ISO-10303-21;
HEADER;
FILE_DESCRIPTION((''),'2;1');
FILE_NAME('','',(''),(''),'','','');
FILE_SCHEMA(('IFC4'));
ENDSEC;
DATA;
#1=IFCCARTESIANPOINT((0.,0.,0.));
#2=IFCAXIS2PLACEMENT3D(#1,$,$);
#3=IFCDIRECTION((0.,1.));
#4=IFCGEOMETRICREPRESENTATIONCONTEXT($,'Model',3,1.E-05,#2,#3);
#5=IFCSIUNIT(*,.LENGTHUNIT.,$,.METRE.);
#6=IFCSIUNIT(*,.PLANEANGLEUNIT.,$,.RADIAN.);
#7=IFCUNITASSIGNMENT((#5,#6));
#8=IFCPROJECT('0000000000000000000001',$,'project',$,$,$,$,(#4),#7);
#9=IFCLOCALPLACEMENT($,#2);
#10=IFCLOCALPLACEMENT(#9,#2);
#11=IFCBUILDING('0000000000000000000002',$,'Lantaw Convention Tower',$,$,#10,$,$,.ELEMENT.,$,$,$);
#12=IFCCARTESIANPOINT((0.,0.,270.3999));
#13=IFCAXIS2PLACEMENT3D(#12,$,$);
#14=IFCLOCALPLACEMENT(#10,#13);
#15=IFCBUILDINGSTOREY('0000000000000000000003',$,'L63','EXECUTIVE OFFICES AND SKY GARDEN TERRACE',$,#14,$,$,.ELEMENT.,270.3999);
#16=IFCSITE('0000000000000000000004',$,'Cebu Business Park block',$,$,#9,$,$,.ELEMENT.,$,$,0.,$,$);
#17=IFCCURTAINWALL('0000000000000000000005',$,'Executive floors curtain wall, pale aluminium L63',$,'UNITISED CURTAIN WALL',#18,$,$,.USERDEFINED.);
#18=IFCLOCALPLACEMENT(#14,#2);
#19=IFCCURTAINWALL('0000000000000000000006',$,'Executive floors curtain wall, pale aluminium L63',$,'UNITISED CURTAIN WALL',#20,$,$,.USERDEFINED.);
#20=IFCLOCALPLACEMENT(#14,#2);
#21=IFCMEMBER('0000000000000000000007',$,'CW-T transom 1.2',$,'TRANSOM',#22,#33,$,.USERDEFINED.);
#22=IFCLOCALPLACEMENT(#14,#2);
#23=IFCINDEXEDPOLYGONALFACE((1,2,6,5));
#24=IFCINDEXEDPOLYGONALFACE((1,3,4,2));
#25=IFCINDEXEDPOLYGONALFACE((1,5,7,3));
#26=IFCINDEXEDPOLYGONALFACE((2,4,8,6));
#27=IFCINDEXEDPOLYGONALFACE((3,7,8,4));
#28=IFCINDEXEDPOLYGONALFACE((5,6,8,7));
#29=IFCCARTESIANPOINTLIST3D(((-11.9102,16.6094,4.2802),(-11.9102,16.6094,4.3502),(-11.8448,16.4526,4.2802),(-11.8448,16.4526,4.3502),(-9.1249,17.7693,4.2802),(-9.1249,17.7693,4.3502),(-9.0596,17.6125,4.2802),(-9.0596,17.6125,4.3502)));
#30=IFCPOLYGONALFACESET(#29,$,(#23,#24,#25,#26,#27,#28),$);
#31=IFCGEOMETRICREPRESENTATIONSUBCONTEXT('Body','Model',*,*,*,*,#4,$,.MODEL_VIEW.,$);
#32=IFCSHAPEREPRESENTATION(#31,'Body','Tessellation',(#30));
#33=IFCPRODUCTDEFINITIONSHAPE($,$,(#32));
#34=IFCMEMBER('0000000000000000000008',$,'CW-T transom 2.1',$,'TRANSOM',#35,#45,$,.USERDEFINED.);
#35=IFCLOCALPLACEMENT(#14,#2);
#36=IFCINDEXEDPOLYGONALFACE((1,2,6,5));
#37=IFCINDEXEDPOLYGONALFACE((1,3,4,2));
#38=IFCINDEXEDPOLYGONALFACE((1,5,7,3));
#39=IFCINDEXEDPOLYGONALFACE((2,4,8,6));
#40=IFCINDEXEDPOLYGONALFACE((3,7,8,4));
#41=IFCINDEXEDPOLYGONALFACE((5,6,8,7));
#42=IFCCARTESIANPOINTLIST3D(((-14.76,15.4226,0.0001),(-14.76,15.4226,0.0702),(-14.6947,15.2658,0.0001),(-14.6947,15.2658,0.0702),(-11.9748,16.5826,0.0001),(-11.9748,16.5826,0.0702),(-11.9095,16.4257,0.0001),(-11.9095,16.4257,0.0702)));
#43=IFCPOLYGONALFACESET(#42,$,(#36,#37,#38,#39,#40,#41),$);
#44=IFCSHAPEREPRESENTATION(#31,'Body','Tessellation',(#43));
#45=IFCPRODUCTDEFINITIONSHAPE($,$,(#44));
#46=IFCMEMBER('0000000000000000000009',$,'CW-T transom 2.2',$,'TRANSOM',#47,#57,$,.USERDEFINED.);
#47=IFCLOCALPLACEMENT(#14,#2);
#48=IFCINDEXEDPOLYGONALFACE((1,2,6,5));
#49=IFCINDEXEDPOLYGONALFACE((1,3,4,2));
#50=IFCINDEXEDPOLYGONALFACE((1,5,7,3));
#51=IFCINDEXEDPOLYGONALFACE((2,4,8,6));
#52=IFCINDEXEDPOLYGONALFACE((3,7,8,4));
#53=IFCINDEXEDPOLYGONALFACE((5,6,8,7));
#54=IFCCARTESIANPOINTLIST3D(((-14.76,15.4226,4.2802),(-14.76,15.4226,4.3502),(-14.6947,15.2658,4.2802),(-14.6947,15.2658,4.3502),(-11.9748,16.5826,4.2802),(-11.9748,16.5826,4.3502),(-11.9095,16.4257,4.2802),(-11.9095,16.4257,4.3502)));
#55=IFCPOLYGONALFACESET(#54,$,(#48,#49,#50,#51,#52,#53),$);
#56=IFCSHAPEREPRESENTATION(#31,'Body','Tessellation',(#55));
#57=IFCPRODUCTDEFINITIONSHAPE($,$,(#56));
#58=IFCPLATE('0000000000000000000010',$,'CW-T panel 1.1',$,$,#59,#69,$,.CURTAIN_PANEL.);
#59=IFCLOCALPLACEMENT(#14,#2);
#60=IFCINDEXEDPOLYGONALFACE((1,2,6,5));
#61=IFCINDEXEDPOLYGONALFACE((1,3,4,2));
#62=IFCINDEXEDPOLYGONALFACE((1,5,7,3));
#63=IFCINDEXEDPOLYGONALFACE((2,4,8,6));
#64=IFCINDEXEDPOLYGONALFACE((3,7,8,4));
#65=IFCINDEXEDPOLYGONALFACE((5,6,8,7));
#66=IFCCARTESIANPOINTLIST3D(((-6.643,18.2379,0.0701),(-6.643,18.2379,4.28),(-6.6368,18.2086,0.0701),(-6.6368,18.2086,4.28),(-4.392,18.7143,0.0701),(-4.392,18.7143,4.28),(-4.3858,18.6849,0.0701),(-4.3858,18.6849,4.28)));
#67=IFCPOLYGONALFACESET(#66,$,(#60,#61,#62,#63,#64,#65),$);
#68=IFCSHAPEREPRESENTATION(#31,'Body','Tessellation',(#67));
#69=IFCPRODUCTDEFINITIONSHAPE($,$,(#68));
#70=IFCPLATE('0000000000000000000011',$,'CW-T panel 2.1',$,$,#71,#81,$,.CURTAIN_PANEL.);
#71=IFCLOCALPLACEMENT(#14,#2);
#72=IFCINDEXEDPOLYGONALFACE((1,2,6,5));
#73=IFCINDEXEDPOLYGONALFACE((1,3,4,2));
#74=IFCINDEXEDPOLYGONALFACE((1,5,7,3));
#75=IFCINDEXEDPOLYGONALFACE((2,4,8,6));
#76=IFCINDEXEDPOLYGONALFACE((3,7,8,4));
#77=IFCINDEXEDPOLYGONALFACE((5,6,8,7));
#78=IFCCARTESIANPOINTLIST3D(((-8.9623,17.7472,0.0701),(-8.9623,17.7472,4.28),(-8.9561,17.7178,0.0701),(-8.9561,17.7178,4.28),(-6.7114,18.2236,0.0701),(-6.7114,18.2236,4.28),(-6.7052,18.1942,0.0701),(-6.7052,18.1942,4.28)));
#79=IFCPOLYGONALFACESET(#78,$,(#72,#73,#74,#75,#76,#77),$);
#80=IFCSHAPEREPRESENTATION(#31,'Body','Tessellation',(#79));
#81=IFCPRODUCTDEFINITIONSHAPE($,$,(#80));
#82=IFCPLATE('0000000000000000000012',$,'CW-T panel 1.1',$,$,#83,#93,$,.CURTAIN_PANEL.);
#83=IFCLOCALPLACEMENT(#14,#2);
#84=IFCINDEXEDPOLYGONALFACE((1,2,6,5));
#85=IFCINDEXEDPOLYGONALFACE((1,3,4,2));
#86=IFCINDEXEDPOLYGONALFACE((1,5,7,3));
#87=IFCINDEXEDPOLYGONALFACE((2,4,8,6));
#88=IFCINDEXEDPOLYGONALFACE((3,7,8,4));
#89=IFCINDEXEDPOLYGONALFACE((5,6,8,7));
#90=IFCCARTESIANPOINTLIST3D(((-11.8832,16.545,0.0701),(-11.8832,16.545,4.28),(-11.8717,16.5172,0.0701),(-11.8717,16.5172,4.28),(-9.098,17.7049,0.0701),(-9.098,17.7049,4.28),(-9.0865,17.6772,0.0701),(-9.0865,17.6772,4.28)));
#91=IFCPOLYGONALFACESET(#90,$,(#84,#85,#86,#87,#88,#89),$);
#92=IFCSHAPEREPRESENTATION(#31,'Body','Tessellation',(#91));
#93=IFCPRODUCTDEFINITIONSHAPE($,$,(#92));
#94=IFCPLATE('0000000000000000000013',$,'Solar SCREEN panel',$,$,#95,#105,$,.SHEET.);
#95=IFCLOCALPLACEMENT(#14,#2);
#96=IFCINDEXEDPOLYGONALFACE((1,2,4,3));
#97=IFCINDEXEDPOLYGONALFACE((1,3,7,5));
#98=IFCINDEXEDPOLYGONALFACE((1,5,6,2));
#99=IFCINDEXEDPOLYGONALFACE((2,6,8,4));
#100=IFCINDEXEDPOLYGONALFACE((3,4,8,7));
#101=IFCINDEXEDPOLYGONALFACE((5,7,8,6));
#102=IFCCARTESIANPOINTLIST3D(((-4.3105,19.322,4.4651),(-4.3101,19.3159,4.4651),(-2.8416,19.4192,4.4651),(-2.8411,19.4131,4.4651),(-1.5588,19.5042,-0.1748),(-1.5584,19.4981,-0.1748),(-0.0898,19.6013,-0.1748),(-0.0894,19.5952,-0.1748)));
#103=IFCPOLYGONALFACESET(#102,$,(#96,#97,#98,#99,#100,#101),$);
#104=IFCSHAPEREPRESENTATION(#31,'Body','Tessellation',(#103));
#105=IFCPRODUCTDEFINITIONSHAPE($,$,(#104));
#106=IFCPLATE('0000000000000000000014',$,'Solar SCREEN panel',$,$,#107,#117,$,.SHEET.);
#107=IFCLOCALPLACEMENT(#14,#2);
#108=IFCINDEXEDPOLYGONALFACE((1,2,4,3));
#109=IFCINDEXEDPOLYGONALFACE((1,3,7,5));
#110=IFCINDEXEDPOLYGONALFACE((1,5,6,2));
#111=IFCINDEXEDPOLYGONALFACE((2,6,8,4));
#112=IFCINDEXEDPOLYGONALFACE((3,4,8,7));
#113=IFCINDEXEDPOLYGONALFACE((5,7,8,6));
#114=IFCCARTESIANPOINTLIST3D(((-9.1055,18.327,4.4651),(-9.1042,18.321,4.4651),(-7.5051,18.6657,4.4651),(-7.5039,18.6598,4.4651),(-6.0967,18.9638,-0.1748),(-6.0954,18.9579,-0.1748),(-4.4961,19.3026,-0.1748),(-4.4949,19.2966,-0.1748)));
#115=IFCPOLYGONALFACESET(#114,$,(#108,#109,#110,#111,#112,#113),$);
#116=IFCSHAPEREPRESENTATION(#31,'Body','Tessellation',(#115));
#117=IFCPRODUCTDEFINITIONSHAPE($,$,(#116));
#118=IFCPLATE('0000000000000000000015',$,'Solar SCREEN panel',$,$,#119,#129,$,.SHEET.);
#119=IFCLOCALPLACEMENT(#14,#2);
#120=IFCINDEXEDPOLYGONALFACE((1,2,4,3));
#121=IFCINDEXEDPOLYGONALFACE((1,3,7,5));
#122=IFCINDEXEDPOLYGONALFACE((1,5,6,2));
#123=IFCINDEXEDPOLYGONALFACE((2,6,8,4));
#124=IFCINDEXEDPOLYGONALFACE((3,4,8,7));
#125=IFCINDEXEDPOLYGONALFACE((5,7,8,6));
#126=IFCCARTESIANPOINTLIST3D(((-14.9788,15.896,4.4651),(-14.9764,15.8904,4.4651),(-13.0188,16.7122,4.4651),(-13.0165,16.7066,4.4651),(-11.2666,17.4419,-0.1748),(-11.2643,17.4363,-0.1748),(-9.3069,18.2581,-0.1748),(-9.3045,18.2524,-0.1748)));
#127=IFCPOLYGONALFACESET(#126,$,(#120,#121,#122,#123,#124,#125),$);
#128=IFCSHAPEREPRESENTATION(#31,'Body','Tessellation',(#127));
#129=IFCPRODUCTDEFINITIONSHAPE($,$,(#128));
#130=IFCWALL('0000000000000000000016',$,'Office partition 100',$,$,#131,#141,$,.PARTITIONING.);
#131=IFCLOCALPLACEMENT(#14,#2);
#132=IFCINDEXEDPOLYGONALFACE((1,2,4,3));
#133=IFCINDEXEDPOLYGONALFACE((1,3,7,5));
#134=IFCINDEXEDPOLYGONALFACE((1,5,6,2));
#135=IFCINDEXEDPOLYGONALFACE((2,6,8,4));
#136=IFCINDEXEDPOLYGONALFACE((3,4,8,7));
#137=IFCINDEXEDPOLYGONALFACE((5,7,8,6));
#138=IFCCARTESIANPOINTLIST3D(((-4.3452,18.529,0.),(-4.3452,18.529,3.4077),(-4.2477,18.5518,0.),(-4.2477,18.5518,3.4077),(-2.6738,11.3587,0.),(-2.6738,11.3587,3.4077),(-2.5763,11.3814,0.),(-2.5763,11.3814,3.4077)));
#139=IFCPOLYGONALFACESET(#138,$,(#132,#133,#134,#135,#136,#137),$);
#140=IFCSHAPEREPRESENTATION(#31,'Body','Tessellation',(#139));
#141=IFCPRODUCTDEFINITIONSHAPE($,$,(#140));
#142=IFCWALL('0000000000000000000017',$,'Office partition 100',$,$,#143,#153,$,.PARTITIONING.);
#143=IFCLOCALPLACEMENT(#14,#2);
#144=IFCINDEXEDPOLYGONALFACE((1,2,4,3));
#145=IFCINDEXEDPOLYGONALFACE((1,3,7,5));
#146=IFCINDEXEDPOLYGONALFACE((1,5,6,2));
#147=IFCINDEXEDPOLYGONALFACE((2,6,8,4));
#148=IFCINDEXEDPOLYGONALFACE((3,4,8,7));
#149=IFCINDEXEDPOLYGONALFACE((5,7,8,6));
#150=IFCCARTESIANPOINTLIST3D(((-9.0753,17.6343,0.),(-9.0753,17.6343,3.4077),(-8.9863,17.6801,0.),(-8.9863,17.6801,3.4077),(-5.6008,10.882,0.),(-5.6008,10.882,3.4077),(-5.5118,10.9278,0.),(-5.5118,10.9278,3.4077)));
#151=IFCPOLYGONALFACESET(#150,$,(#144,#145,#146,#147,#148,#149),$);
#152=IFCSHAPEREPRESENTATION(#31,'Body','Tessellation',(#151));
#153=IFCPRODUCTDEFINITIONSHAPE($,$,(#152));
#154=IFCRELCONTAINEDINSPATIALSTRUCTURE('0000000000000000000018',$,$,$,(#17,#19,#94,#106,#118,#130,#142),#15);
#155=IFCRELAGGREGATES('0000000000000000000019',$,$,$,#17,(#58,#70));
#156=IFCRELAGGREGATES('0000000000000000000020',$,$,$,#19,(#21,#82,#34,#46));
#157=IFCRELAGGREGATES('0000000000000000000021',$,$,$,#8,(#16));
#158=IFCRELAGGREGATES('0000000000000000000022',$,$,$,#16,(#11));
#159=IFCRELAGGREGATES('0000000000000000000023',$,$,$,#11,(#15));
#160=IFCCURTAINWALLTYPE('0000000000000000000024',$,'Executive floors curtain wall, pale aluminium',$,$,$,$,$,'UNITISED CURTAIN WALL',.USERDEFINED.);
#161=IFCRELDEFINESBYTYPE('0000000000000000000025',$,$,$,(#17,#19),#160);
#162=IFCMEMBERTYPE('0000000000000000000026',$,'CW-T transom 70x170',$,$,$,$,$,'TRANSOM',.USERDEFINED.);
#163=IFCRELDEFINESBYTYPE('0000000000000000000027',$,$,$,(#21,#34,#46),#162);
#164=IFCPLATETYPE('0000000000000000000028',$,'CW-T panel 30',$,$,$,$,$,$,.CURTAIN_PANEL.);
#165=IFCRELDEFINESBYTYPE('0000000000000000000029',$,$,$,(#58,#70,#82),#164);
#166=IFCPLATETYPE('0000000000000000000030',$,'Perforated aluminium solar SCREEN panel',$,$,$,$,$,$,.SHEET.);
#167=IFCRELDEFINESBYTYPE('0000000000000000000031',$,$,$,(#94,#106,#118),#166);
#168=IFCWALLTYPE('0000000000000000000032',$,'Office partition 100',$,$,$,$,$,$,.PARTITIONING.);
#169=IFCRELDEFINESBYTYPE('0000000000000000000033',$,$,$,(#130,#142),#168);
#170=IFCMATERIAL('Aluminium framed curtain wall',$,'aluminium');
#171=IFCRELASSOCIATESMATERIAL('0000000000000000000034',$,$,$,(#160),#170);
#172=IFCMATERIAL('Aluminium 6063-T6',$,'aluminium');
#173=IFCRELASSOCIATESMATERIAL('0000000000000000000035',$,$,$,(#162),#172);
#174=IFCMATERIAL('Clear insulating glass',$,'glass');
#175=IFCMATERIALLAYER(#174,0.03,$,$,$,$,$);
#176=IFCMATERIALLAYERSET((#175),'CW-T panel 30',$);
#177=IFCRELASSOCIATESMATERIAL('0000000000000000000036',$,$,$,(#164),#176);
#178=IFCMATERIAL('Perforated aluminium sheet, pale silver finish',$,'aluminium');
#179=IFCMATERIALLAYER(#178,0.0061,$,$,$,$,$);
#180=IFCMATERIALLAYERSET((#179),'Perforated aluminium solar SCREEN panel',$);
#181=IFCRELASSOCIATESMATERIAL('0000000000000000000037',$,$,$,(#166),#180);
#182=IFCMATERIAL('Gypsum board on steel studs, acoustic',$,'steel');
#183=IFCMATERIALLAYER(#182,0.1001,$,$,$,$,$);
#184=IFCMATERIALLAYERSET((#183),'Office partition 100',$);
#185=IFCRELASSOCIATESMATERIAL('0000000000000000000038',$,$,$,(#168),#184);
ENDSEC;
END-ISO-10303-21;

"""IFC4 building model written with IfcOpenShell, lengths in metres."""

from ifc_helpers import new_model, si_unit, direction, frame, frame_2d, origin, origin_2d, place, context, subcontext, project, spatial, polyline, rectangle, outline, extrude, material, layer, layer_set, material_profile, profile_set, type_object, element, aggregate, save


model = new_model("IFC4")

# Units and contexts
model_context = context("Model", 3, precision=1e-05, world=origin(), true_north=direction((0.0, 1.0)))
body_context = subcontext(model_context, "Body", "Model", "MODEL_VIEW")
ifc_project = project(units=[si_unit("LENGTHUNIT", "METRE"), si_unit("PLANEANGLEUNIT", "RADIAN")], contexts=[model_context])

# Site, building, storey
site_placement = place(None, origin())
site = spatial("IfcSite", under=ifc_project, at=site_placement, Name="Cebu Business Park block", CompositionType="ELEMENT", RefElevation=0.0)
building_placement = place(site_placement, origin())
building = spatial("IfcBuilding", under=site, at=building_placement, Name="Lantaw Convention Tower", CompositionType="ELEMENT")
storey_placement = place(building_placement, frame((0.0, 0.0, 270.3999)))
storey = spatial("IfcBuildingStorey", under=building, at=storey_placement, Name="L63", Description="EXECUTIVE OFFICES AND SKY GARDEN TERRACE", CompositionType="ELEMENT", Elevation=270.3999)

# Curtain walls
ifc_material_1 = material(Name="Aluminium framed curtain wall", Category="aluminium")
curtain_wall_type = type_object("IfcCurtainWallType", Name="Executive floors curtain wall, pale aluminium", ElementType="UNITISED CURTAIN WALL", PredefinedType="USERDEFINED", material=ifc_material_1)
curtain_wall_1_placement = place(storey_placement, origin())
curtain_wall_1 = element("IfcCurtainWall", 1, at=curtain_wall_1_placement, inside=storey, type_object=curtain_wall_type, Name="Executive floors curtain wall, pale aluminium L63", ObjectType="UNITISED CURTAIN WALL", PredefinedType="USERDEFINED")
ifc_material_2 = material(Name="Aluminium 6063-T6", Category="aluminium")
curtain_wall_2_placement = place(storey_placement, origin())
curtain_wall_2 = element("IfcCurtainWall", 2, at=curtain_wall_2_placement, inside=storey, type_object=curtain_wall_type, Name="Executive floors curtain wall, pale aluminium L63", ObjectType="UNITISED CURTAIN WALL", PredefinedType="USERDEFINED")

# Members
ifc_material_profile_1 = material_profile(ifc_material_2, rectangle(XDim=0.1699, YDim=0.0701, at=origin_2d()), Name="CW-T transom 70x170")
ifc_profile_set_1 = profile_set([ifc_material_profile_1], Name="Aluminium 6063-T6")
member_type_1 = type_object("IfcMemberType", Name="CW-T transom 70x170", ElementType="TRANSOM", PredefinedType="USERDEFINED", material=ifc_profile_set_1)
member_1_placement = place(storey_placement, frame((-9.0923, 17.6909, 4.3152), z_axis=(-0.923144, -0.384454, 0.0), x_axis=(0.384454, -0.923144, 0.0)))
member_1 = element("IfcMember", 3, at=member_1_placement, type_object=member_type_1, Name="CW-T transom 1.2", ObjectType="TRANSOM", PredefinedType="USERDEFINED", context=body_context, shape_type="SweptSolid", body=[
    extrude(rectangle(XDim=0.1699, YDim=0.0701, at=origin_2d()), origin(), (0.0, 0.0, 1.0), 3.0171),
])
member_2_placement = place(storey_placement, frame((-11.9421, 16.5042, 0.0352), z_axis=(-0.923144, -0.384454, 0.0), x_axis=(0.384454, -0.923144, 0.0)))
member_2 = element("IfcMember", 4, at=member_2_placement, type_object=member_type_1, Name="CW-T transom 2.1", ObjectType="TRANSOM", PredefinedType="USERDEFINED", context=body_context, shape_type="SweptSolid", body=[
    extrude(rectangle(XDim=0.1699, YDim=0.0701, at=origin_2d()), origin(), (0.0, 0.0, 1.0), 3.0171),
])
member_3_placement = place(storey_placement, frame((-11.9421, 16.5042, 4.3152), z_axis=(-0.923144, -0.384454, 0.0), x_axis=(0.384454, -0.923144, 0.0)))
member_3 = element("IfcMember", 5, at=member_3_placement, type_object=member_type_1, Name="CW-T transom 2.2", ObjectType="TRANSOM", PredefinedType="USERDEFINED", context=body_context, shape_type="SweptSolid", body=[
    extrude(rectangle(XDim=0.1699, YDim=0.0701, at=origin_2d()), origin(), (0.0, 0.0, 1.0), 3.0171),
])

# Plates
ifc_material_3 = material(Name="Clear insulating glass", Category="glass")
ifc_layer_1 = layer(ifc_material_3, 0.03)
ifc_layer_set_1 = layer_set([ifc_layer_1], Name="CW-T panel 30")
plate_type_1 = type_object("IfcPlateType", Name="CW-T panel 30", PredefinedType="CURTAIN_PANEL", material=ifc_layer_set_1)
plate_1_placement = place(storey_placement, frame((-5.5144, 18.4614, 0.0701), z_axis=(0.0, 0.0, 1.0), x_axis=(-0.978332, -0.20704, 0.0)))
plate_1 = element("IfcPlate", 6, at=plate_1_placement, type_object=plate_type_1, Name="CW-T panel 1.1", PredefinedType="CURTAIN_PANEL", context=body_context, shape_type="SweptSolid", body=[
    extrude(rectangle(XDim=2.3008, YDim=0.03, at=origin_2d()), origin(), (0.0, 0.0, 1.0), 4.21),
])
plate_2_placement = place(storey_placement, frame((-7.8337, 17.9707, 0.0701), z_axis=(0.0, 0.0, 1.0), x_axis=(-0.978332, -0.20704, 0.0)))
plate_2 = element("IfcPlate", 7, at=plate_2_placement, type_object=plate_type_1, Name="CW-T panel 2.1", PredefinedType="CURTAIN_PANEL", context=body_context, shape_type="SweptSolid", body=[
    extrude(rectangle(XDim=2.3008, YDim=0.03, at=origin_2d()), origin(), (0.0, 0.0, 1.0), 4.21),
])
aggregate(curtain_wall_1, [plate_1, plate_2])
plate_3_placement = place(storey_placement, frame((-10.4849, 17.1111, 0.0701), z_axis=(0.0, 0.0, 1.0), x_axis=(-0.923142, -0.38446, 0.0)))
plate_3 = element("IfcPlate", 8, at=plate_3_placement, type_object=plate_type_1, Name="CW-T panel 1.1", PredefinedType="CURTAIN_PANEL", context=body_context, shape_type="SweptSolid", body=[
    extrude(rectangle(XDim=3.0171, YDim=0.03, at=origin_2d()), origin(), (0.0, 0.0, 1.0), 4.21),
])
aggregate(curtain_wall_2, [member_1, plate_3, member_2, member_3])

# Plates
ifc_material_4 = material(Name="Perforated aluminium sheet, pale silver finish", Category="aluminium")
ifc_layer_2 = layer(ifc_material_4, 0.0061)
ifc_layer_set_2 = layer_set([ifc_layer_2], Name="Perforated aluminium solar SCREEN panel")
plate_type_2 = type_object("IfcPlateType", Name="Perforated aluminium solar SCREEN panel", PredefinedType="SHEET", material=ifc_layer_set_2)
plate_4_placement = place(storey_placement, frame((-0.0898, 19.6013, -0.1748), z_axis=(-0.066002, 0.99782, 0.000025), x_axis=(-0.99782, -0.066002, 0.0)))
element("IfcPlate", 9, at=plate_4_placement, inside=storey, type_object=plate_type_2, Name="Solar SCREEN panel", PredefinedType="SHEET", context=body_context, shape_type="SweptSolid", body=[
    extrude(outline(polyline([(0.0, 0.0), (1.4722, 0.0), (4.2299, 4.6399), (2.7577, 4.6399), (0.0, 0.0)])), origin(), (0.0, 0.0, -1.0), 0.0061),
])
plate_5_placement = place(storey_placement, frame((-4.4949, 19.2966, -0.1748), z_axis=(0.207067, -0.978327, 0.000002), x_axis=(-0.978327, -0.207067, 0.0)))
element("IfcPlate", 10, at=plate_5_placement, inside=storey, type_object=plate_type_2, Name="Solar SCREEN panel", PredefinedType="SHEET", context=body_context, shape_type="SweptSolid", body=[
    extrude(outline(polyline([(0.0, 0.0), (1.636, 0.0), (4.7115, -4.6399), (3.0757, -4.6399), (0.0, 0.0)])), origin(), (0.0, 0.0, -1.0), 0.0061),
])
plate_6_placement = place(storey_placement, frame((-9.3069, 18.2581, -0.1748), z_axis=(-0.38444, 0.92315, 0.000009), x_axis=(-0.92315, -0.38444, 0.0)))
element("IfcPlate", 11, at=plate_6_placement, inside=storey, type_object=plate_type_2, Name="Solar SCREEN panel", PredefinedType="SHEET", context=body_context, shape_type="SweptSolid", body=[
    extrude(outline(polyline([(0.0, 0.0), (2.1229, 0.0), (6.1441, 4.6399), (4.021, 4.6399), (0.0, 0.0)])), origin(), (0.0, 0.0, -1.0), 0.0061),
])

# Walls
ifc_material_5 = material(Name="Gypsum board on steel studs, acoustic", Category="steel")
ifc_layer_3 = layer(ifc_material_5, 0.1001)
ifc_layer_set_3 = layer_set([ifc_layer_3], Name="Office partition 100")
wall_type = type_object("IfcWallType", Name="Office partition 100", PredefinedType="PARTITIONING", material=ifc_layer_set_3)
wall_1_placement = place(storey_placement, frame((-4.2964, 18.5403, 0.0), z_axis=(0.0, 0.0, 1.0), x_axis=(0.227009, -0.973893, 0.0)))
element("IfcWall", 12, at=wall_1_placement, inside=storey, type_object=wall_type, Name="Office partition 100", PredefinedType="PARTITIONING", context=body_context, shape_type="SweptSolid", body=[
    extrude(rectangle(XDim=7.3625, YDim=0.1001, at=frame_2d((3.6812, 0.0))), origin(), (0.0, 0.0, 1.0), 3.4077),
])
wall_2_placement = place(storey_placement, frame((-9.0308, 17.6572, 0.0), z_axis=(0.0, 0.0, 1.0), x_axis=(0.457536, -0.889191, 0.0)))
element("IfcWall", 13, at=wall_2_placement, inside=storey, type_object=wall_type, Name="Office partition 100", PredefinedType="PARTITIONING", context=body_context, shape_type="SweptSolid", body=[
    extrude(rectangle(XDim=7.5938, YDim=0.1001, at=frame_2d((3.7969, 0.0))), origin(), (0.0, 0.0, 1.0), 3.4077),
])

save(model, "model.ifc")
